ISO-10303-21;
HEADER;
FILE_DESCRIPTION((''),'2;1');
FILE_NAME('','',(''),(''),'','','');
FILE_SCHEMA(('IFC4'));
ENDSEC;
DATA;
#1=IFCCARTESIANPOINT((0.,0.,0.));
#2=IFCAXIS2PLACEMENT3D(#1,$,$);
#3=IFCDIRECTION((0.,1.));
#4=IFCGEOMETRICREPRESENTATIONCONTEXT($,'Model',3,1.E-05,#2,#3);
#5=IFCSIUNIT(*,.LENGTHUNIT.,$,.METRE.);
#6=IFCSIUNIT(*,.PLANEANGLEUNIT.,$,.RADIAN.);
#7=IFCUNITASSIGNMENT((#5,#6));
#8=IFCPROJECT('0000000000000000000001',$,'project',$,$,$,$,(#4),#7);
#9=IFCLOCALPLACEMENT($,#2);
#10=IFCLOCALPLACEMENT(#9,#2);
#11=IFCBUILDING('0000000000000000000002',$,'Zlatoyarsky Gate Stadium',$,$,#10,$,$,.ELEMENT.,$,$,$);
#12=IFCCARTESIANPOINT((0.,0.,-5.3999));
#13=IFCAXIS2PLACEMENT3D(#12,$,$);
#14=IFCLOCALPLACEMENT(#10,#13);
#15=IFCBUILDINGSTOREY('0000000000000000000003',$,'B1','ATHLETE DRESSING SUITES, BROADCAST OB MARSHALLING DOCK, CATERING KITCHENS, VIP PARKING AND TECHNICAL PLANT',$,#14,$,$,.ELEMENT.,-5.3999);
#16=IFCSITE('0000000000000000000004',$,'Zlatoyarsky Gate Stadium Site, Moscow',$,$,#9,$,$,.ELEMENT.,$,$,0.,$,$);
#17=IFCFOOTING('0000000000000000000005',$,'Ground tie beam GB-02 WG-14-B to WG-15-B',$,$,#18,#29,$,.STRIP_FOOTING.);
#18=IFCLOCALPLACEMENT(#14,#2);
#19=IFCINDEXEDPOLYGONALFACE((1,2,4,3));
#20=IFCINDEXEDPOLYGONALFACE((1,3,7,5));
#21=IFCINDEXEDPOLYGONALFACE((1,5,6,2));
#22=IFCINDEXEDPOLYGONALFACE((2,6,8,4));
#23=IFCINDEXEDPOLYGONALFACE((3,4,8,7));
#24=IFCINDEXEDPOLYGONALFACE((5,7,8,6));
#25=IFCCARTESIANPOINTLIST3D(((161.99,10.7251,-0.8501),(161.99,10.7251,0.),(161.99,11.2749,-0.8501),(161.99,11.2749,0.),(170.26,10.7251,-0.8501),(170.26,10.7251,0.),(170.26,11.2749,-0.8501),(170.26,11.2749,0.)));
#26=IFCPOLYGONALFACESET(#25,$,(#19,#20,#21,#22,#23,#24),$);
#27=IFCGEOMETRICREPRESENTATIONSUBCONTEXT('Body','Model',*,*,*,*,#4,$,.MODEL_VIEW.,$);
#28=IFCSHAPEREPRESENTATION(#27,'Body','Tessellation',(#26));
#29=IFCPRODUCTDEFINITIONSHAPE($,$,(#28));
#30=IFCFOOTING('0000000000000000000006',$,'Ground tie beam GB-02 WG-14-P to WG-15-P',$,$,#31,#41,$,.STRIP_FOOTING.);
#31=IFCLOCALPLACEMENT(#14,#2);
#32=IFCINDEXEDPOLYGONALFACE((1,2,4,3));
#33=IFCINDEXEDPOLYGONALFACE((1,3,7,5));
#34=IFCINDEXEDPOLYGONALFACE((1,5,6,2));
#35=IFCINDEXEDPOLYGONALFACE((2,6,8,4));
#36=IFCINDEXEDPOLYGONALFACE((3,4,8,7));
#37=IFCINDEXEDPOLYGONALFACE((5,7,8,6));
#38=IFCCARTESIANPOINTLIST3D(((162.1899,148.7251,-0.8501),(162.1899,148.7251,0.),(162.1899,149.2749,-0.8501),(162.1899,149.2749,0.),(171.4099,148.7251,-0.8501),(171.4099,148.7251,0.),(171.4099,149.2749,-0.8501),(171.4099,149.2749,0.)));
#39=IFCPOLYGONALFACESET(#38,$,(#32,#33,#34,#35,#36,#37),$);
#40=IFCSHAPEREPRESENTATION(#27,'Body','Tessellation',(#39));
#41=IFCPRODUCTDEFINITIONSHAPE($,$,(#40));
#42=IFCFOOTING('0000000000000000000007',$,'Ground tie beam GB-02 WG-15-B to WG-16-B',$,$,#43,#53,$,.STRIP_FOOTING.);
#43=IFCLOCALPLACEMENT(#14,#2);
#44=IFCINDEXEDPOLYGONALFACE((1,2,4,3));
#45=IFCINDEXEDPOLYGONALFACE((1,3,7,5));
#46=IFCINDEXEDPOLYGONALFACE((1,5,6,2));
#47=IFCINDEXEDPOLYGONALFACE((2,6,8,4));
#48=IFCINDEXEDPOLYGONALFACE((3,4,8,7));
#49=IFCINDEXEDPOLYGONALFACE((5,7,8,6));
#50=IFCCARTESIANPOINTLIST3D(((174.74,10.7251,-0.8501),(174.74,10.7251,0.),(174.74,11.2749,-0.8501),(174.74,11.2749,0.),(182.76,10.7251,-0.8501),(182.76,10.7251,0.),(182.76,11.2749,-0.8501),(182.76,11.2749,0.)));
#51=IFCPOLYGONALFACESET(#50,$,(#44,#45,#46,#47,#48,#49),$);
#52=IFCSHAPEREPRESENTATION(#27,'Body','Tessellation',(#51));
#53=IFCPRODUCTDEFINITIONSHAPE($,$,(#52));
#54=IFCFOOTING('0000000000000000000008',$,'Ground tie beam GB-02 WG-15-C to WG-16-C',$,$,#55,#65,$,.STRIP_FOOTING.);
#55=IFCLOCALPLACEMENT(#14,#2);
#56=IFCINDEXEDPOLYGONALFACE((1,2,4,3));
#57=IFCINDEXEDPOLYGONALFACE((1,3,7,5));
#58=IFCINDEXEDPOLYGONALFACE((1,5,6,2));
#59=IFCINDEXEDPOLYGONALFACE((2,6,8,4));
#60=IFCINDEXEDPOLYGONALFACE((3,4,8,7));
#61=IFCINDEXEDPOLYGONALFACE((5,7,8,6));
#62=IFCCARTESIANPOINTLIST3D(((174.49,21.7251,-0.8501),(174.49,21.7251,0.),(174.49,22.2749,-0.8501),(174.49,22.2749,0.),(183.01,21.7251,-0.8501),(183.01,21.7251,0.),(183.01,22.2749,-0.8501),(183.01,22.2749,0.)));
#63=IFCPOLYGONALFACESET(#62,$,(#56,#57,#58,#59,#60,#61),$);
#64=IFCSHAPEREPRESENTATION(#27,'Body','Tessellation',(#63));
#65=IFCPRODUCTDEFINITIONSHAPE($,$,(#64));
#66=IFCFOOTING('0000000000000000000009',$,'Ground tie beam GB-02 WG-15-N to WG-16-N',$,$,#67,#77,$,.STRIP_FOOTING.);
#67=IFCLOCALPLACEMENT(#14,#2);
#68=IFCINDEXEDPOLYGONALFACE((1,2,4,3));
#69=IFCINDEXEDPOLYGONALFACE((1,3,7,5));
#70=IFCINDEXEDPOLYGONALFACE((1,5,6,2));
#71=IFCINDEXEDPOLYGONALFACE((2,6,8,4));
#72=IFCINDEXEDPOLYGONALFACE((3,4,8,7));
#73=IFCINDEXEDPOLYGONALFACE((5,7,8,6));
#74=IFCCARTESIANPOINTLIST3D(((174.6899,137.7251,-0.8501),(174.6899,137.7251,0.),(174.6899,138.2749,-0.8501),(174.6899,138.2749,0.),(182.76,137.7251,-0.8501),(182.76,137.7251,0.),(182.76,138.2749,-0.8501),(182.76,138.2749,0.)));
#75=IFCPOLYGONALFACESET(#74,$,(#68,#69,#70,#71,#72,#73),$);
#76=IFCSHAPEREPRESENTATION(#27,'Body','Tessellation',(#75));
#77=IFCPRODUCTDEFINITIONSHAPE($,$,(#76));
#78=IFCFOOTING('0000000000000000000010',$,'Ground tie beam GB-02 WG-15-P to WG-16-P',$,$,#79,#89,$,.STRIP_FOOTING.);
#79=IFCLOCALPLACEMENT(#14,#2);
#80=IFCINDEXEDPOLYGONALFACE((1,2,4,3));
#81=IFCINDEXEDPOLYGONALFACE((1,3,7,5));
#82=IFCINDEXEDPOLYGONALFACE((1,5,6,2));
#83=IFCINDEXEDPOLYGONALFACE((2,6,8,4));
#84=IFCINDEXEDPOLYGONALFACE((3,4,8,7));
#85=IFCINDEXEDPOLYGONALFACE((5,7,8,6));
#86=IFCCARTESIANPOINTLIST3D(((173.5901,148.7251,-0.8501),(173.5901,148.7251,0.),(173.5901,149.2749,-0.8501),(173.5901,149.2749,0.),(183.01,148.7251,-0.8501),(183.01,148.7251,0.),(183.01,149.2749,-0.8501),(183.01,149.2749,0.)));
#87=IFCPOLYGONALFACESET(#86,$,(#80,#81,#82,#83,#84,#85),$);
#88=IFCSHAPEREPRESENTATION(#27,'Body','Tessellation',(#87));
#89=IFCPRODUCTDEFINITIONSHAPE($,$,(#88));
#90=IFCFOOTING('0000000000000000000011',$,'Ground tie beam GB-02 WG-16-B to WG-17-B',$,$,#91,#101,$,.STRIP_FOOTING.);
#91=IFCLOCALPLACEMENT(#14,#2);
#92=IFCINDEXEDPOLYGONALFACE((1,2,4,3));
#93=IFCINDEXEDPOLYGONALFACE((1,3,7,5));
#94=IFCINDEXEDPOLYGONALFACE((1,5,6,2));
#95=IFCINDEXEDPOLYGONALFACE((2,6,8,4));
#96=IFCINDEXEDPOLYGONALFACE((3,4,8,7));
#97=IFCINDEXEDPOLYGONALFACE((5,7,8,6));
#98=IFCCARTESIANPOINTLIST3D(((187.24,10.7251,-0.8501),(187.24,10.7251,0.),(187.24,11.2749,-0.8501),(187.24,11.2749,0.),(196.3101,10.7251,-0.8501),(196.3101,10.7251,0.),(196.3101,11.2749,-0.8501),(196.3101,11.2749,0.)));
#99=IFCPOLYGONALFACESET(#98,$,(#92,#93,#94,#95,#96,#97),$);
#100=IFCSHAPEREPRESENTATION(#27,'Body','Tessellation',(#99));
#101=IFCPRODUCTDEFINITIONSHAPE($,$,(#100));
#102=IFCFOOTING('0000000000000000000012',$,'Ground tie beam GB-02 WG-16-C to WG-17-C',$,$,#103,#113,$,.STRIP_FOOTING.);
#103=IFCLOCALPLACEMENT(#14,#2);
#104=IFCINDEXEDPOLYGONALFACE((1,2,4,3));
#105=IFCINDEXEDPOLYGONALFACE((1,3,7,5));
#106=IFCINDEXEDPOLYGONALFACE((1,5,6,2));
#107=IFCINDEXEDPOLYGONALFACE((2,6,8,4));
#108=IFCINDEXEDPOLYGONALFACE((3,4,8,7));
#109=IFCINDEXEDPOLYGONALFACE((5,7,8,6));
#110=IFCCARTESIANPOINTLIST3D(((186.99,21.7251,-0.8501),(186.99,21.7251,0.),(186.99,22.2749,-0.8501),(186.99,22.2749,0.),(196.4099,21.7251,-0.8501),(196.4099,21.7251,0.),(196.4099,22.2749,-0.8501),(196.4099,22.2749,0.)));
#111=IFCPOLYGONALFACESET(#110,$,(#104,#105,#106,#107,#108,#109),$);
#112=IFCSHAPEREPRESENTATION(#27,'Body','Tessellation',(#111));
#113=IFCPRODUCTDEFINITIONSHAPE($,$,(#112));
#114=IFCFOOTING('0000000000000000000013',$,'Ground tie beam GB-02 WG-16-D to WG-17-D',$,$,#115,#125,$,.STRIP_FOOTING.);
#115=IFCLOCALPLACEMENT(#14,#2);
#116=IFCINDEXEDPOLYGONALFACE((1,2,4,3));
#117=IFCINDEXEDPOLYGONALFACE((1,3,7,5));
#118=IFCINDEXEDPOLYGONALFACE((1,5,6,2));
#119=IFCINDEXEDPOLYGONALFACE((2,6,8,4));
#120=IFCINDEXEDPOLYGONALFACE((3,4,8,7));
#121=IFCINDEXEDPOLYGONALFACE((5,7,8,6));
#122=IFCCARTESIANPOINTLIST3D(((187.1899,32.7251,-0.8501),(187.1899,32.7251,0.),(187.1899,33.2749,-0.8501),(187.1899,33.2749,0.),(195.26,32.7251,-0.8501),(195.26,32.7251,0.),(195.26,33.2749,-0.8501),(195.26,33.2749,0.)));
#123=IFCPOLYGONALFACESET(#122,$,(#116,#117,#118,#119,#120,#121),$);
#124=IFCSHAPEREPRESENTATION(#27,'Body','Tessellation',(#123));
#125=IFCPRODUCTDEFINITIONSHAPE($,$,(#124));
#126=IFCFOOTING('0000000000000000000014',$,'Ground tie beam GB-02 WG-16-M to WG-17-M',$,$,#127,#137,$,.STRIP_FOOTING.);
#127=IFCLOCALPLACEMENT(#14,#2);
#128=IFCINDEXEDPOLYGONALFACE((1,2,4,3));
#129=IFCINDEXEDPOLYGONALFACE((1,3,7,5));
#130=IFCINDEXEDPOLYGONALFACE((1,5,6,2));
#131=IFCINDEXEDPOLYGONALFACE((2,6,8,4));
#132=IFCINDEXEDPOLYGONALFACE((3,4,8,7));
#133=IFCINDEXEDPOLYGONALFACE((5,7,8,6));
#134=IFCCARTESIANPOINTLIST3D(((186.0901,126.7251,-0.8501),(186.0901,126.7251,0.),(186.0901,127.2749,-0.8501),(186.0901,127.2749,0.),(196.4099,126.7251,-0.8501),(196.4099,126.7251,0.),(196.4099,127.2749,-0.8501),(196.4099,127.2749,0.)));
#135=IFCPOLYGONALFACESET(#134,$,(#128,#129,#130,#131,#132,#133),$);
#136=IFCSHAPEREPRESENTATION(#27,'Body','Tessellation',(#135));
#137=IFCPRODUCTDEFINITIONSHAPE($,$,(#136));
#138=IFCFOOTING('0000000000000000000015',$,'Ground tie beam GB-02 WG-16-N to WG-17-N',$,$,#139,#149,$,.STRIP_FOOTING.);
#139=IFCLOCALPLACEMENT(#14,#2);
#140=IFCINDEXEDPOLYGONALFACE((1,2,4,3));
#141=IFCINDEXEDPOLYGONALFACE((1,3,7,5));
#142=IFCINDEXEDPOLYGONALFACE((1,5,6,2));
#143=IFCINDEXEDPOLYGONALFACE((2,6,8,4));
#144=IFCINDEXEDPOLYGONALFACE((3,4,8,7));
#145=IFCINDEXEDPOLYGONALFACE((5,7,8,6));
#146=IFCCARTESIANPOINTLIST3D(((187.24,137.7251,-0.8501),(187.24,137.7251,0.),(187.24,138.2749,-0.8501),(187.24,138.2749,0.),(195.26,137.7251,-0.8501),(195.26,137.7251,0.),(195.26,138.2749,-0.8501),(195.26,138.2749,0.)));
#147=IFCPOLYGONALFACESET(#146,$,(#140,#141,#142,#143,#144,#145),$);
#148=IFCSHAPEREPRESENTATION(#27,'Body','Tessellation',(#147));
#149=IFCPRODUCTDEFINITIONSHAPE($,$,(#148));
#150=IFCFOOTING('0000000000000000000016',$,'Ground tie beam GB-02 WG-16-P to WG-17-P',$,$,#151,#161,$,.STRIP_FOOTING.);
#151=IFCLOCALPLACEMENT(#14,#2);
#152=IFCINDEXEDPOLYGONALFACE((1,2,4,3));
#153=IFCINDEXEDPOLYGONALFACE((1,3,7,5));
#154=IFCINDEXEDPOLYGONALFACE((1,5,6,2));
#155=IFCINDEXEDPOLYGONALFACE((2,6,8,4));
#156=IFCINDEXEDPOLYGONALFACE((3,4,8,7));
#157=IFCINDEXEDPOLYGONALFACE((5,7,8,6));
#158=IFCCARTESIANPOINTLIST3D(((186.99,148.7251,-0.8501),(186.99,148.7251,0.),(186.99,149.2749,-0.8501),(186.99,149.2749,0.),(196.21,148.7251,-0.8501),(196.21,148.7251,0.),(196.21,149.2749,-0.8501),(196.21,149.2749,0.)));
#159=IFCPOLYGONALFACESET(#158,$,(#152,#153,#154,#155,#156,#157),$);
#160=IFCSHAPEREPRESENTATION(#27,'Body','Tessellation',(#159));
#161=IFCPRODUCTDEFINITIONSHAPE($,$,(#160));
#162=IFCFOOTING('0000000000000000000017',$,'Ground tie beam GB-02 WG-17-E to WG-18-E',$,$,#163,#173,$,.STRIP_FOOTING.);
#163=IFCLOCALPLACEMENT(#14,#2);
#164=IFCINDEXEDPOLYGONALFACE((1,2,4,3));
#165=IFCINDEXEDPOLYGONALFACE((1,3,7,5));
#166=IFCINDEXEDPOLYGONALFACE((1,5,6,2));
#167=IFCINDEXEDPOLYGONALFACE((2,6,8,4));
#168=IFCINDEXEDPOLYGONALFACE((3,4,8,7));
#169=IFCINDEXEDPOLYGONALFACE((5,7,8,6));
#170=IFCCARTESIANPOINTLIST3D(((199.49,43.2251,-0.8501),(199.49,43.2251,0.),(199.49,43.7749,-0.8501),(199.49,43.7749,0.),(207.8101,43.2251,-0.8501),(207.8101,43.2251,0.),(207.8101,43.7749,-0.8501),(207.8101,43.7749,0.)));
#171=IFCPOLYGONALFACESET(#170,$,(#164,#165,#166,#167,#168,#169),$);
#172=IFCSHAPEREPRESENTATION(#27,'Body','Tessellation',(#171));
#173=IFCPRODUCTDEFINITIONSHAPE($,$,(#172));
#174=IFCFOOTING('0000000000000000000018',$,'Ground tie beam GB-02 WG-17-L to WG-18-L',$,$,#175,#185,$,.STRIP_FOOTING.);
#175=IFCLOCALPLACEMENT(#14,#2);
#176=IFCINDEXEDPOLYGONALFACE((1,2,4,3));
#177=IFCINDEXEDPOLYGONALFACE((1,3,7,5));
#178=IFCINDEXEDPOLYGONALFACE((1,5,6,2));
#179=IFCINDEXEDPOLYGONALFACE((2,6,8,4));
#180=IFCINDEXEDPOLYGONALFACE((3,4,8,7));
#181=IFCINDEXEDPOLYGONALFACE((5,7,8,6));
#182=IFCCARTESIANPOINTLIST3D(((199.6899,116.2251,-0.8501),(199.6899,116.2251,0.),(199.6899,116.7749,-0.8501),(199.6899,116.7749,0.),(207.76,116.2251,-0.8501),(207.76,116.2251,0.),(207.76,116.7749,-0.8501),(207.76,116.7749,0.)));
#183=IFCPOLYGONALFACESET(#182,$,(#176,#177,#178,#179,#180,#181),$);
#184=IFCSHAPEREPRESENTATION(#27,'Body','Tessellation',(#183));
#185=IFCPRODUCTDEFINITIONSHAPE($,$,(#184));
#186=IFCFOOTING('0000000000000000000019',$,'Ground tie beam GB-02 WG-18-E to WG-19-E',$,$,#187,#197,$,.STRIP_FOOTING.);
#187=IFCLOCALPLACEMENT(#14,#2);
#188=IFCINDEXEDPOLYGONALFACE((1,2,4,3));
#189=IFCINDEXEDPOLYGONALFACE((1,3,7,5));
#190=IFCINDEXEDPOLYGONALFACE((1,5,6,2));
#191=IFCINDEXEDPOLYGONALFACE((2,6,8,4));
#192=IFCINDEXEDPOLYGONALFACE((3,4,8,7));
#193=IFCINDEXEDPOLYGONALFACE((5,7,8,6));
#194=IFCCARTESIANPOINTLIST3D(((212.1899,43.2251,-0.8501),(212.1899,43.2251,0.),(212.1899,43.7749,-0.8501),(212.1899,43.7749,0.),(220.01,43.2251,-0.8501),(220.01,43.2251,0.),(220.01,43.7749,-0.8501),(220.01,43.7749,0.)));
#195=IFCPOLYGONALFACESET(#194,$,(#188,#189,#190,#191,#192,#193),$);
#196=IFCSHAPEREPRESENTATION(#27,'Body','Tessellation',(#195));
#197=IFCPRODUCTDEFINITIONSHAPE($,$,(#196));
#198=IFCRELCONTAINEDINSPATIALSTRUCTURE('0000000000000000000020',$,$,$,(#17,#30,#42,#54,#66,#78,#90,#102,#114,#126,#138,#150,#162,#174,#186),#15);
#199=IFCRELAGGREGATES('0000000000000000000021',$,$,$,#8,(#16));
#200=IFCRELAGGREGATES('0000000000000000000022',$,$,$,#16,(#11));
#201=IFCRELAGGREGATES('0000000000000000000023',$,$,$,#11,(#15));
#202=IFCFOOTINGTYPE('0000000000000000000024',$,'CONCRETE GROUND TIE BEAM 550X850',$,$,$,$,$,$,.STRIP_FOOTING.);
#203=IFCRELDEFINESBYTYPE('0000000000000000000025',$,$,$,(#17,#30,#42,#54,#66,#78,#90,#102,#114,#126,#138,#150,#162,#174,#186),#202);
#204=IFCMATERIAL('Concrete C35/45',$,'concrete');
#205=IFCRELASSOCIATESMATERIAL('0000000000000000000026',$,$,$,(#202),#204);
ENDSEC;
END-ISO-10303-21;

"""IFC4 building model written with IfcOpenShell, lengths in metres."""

from ifc_helpers import new_model, si_unit, direction, frame, origin, origin_2d, place, context, subcontext, project, spatial, polyline, rectangle, outline, extrude, material, material_profile, profile_set, type_object, element, save


model = new_model("IFC4")

# Units and contexts
model_context = context("Model", 3, precision=1e-05, world=origin(), true_north=direction((0.0, 1.0)))
body_context = subcontext(model_context, "Body", "Model", "MODEL_VIEW")
ifc_project = project(units=[si_unit("LENGTHUNIT", "METRE"), si_unit("PLANEANGLEUNIT", "RADIAN")], contexts=[model_context])

# Site, building, storey
site_placement = place(None, origin())
site = spatial("IfcSite", under=ifc_project, at=site_placement, Name="Zlatoyarsky Gate Stadium Site, Moscow", CompositionType="ELEMENT", RefElevation=0.0)
building_placement = place(site_placement, origin())
building = spatial("IfcBuilding", under=site, at=building_placement, Name="Zlatoyarsky Gate Stadium", CompositionType="ELEMENT")
storey_placement = place(building_placement, frame((0.0, 0.0, -5.3999)))
storey = spatial("IfcBuildingStorey", under=building, at=storey_placement, Name="B1", Description="ATHLETE DRESSING SUITES, BROADCAST OB MARSHALLING DOCK, CATERING KITCHENS, VIP PARKING AND TECHNICAL PLANT", CompositionType="ELEMENT", Elevation=-5.3999)

# Footings
ifc_material = material(Name="Concrete C35/45", Category="concrete")
ifc_material_profile = material_profile(ifc_material, rectangle(XDim=0.55, YDim=0.8501, at=origin_2d()), Name="GB 550X850")
ifc_profile_set = profile_set([ifc_material_profile], Name="Concrete C35/45")
footing_type = type_object("IfcFootingType", Name="CONCRETE GROUND TIE BEAM 550X850", PredefinedType="STRIP_FOOTING", material=ifc_profile_set)
footing_1_placement = place(storey_placement, frame((0.0, 0.0, -0.8501)))
element("IfcFooting", 1, at=footing_1_placement, inside=storey, type_object=footing_type, Name="Ground tie beam GB-02 WG-14-B to WG-15-B", PredefinedType="STRIP_FOOTING", context=body_context, shape_type="SweptSolid", body=[
    extrude(outline(polyline([(161.99, 10.7251), (170.26, 10.7251), (170.26, 11.2749), (161.99, 11.2749), (161.99, 10.7251)])), origin(), (0.0, 0.0, 1.0), 0.8501),
])
footing_2_placement = place(storey_placement, frame((0.0, 0.0, -0.8501)))
element("IfcFooting", 2, at=footing_2_placement, inside=storey, type_object=footing_type, Name="Ground tie beam GB-02 WG-14-P to WG-15-P", PredefinedType="STRIP_FOOTING", context=body_context, shape_type="SweptSolid", body=[
    extrude(outline(polyline([(162.1899, 148.7251), (171.4099, 148.7251), (171.4099, 149.2749), (162.1899, 149.2749), (162.1899, 148.7251)])), origin(), (0.0, 0.0, 1.0), 0.8501),
])
footing_3_placement = place(storey_placement, frame((0.0, 0.0, -0.8501)))
element("IfcFooting", 3, at=footing_3_placement, inside=storey, type_object=footing_type, Name="Ground tie beam GB-02 WG-15-B to WG-16-B", PredefinedType="STRIP_FOOTING", context=body_context, shape_type="SweptSolid", body=[
    extrude(outline(polyline([(174.74, 10.7251), (182.76, 10.7251), (182.76, 11.2749), (174.74, 11.2749), (174.74, 10.7251)])), origin(), (0.0, 0.0, 1.0), 0.8501),
])
footing_4_placement = place(storey_placement, frame((0.0, 0.0, -0.8501)))
element("IfcFooting", 4, at=footing_4_placement, inside=storey, type_object=footing_type, Name="Ground tie beam GB-02 WG-15-C to WG-16-C", PredefinedType="STRIP_FOOTING", context=body_context, shape_type="SweptSolid", body=[
    extrude(outline(polyline([(174.49, 21.7251), (183.01, 21.7251), (183.01, 22.2749), (174.49, 22.2749), (174.49, 21.7251)])), origin(), (0.0, 0.0, 1.0), 0.8501),
])
footing_5_placement = place(storey_placement, frame((0.0, 0.0, -0.8501)))
element("IfcFooting", 5, at=footing_5_placement, inside=storey, type_object=footing_type, Name="Ground tie beam GB-02 WG-15-N to WG-16-N", PredefinedType="STRIP_FOOTING", context=body_context, shape_type="SweptSolid", body=[
    extrude(outline(polyline([(174.6899, 137.7251), (182.76, 137.7251), (182.76, 138.2749), (174.6899, 138.2749), (174.6899, 137.7251)])), origin(), (0.0, 0.0, 1.0), 0.8501),
])
footing_6_placement = place(storey_placement, frame((0.0, 0.0, -0.8501)))
element("IfcFooting", 6, at=footing_6_placement, inside=storey, type_object=footing_type, Name="Ground tie beam GB-02 WG-15-P to WG-16-P", PredefinedType="STRIP_FOOTING", context=body_context, shape_type="SweptSolid", body=[
    extrude(outline(polyline([(173.5901, 148.7251), (183.01, 148.7251), (183.01, 149.2749), (173.5901, 149.2749), (173.5901, 148.7251)])), origin(), (0.0, 0.0, 1.0), 0.8501),
])
footing_7_placement = place(storey_placement, frame((0.0, 0.0, -0.8501)))
element("IfcFooting", 7, at=footing_7_placement, inside=storey, type_object=footing_type, Name="Ground tie beam GB-02 WG-16-B to WG-17-B", PredefinedType="STRIP_FOOTING", context=body_context, shape_type="SweptSolid", body=[
    extrude(outline(polyline([(187.24, 10.7251), (196.3101, 10.7251), (196.3101, 11.2749), (187.24, 11.2749), (187.24, 10.7251)])), origin(), (0.0, 0.0, 1.0), 0.8501),
])
footing_8_placement = place(storey_placement, frame((0.0, 0.0, -0.8501)))
element("IfcFooting", 8, at=footing_8_placement, inside=storey, type_object=footing_type, Name="Ground tie beam GB-02 WG-16-C to WG-17-C", PredefinedType="STRIP_FOOTING", context=body_context, shape_type="SweptSolid", body=[
    extrude(outline(polyline([(186.99, 21.7251), (196.4099, 21.7251), (196.4099, 22.2749), (186.99, 22.2749), (186.99, 21.7251)])), origin(), (0.0, 0.0, 1.0), 0.8501),
])
footing_9_placement = place(storey_placement, frame((0.0, 0.0, -0.8501)))
element("IfcFooting", 9, at=footing_9_placement, inside=storey, type_object=footing_type, Name="Ground tie beam GB-02 WG-16-D to WG-17-D", PredefinedType="STRIP_FOOTING", context=body_context, shape_type="SweptSolid", body=[
    extrude(outline(polyline([(187.1899, 32.7251), (195.26, 32.7251), (195.26, 33.2749), (187.1899, 33.2749), (187.1899, 32.7251)])), origin(), (0.0, 0.0, 1.0), 0.8501),
])
footing_10_placement = place(storey_placement, frame((0.0, 0.0, -0.8501)))
element("IfcFooting", 10, at=footing_10_placement, inside=storey, type_object=footing_type, Name="Ground tie beam GB-02 WG-16-M to WG-17-M", PredefinedType="STRIP_FOOTING", context=body_context, shape_type="SweptSolid", body=[
    extrude(outline(polyline([(186.0901, 126.7251), (196.4099, 126.7251), (196.4099, 127.2749), (186.0901, 127.2749), (186.0901, 126.7251)])), origin(), (0.0, 0.0, 1.0), 0.8501),
])
footing_11_placement = place(storey_placement, frame((0.0, 0.0, -0.8501)))
element("IfcFooting", 11, at=footing_11_placement, inside=storey, type_object=footing_type, Name="Ground tie beam GB-02 WG-16-N to WG-17-N", PredefinedType="STRIP_FOOTING", context=body_context, shape_type="SweptSolid", body=[
    extrude(outline(polyline([(187.24, 137.7251), (195.26, 137.7251), (195.26, 138.2749), (187.24, 138.2749), (187.24, 137.7251)])), origin(), (0.0, 0.0, 1.0), 0.8501),
])
footing_12_placement = place(storey_placement, frame((0.0, 0.0, -0.8501)))
element("IfcFooting", 12, at=footing_12_placement, inside=storey, type_object=footing_type, Name="Ground tie beam GB-02 WG-16-P to WG-17-P", PredefinedType="STRIP_FOOTING", context=body_context, shape_type="SweptSolid", body=[
    extrude(outline(polyline([(186.99, 148.7251), (196.21, 148.7251), (196.21, 149.2749), (186.99, 149.2749), (186.99, 148.7251)])), origin(), (0.0, 0.0, 1.0), 0.8501),
])
footing_13_placement = place(storey_placement, frame((0.0, 0.0, -0.8501)))
element("IfcFooting", 13, at=footing_13_placement, inside=storey, type_object=footing_type, Name="Ground tie beam GB-02 WG-17-E to WG-18-E", PredefinedType="STRIP_FOOTING", context=body_context, shape_type="SweptSolid", body=[
    extrude(outline(polyline([(199.49, 43.2251), (207.8101, 43.2251), (207.8101, 43.7749), (199.49, 43.7749), (199.49, 43.2251)])), origin(), (0.0, 0.0, 1.0), 0.8501),
])
footing_14_placement = place(storey_placement, frame((0.0, 0.0, -0.8501)))
element("IfcFooting", 14, at=footing_14_placement, inside=storey, type_object=footing_type, Name="Ground tie beam GB-02 WG-17-L to WG-18-L", PredefinedType="STRIP_FOOTING", context=body_context, shape_type="SweptSolid", body=[
    extrude(outline(polyline([(199.6899, 116.2251), (207.76, 116.2251), (207.76, 116.7749), (199.6899, 116.7749), (199.6899, 116.2251)])), origin(), (0.0, 0.0, 1.0), 0.8501),
])
footing_15_placement = place(storey_placement, frame((0.0, 0.0, -0.8501)))
element("IfcFooting", 15, at=footing_15_placement, inside=storey, type_object=footing_type, Name="Ground tie beam GB-02 WG-18-E to WG-19-E", PredefinedType="STRIP_FOOTING", context=body_context, shape_type="SweptSolid", body=[
    extrude(outline(polyline([(212.1899, 43.2251), (220.01, 43.2251), (220.01, 43.7749), (212.1899, 43.7749), (212.1899, 43.2251)])), origin(), (0.0, 0.0, 1.0), 0.8501),
])

save(model, "model.ifc")
